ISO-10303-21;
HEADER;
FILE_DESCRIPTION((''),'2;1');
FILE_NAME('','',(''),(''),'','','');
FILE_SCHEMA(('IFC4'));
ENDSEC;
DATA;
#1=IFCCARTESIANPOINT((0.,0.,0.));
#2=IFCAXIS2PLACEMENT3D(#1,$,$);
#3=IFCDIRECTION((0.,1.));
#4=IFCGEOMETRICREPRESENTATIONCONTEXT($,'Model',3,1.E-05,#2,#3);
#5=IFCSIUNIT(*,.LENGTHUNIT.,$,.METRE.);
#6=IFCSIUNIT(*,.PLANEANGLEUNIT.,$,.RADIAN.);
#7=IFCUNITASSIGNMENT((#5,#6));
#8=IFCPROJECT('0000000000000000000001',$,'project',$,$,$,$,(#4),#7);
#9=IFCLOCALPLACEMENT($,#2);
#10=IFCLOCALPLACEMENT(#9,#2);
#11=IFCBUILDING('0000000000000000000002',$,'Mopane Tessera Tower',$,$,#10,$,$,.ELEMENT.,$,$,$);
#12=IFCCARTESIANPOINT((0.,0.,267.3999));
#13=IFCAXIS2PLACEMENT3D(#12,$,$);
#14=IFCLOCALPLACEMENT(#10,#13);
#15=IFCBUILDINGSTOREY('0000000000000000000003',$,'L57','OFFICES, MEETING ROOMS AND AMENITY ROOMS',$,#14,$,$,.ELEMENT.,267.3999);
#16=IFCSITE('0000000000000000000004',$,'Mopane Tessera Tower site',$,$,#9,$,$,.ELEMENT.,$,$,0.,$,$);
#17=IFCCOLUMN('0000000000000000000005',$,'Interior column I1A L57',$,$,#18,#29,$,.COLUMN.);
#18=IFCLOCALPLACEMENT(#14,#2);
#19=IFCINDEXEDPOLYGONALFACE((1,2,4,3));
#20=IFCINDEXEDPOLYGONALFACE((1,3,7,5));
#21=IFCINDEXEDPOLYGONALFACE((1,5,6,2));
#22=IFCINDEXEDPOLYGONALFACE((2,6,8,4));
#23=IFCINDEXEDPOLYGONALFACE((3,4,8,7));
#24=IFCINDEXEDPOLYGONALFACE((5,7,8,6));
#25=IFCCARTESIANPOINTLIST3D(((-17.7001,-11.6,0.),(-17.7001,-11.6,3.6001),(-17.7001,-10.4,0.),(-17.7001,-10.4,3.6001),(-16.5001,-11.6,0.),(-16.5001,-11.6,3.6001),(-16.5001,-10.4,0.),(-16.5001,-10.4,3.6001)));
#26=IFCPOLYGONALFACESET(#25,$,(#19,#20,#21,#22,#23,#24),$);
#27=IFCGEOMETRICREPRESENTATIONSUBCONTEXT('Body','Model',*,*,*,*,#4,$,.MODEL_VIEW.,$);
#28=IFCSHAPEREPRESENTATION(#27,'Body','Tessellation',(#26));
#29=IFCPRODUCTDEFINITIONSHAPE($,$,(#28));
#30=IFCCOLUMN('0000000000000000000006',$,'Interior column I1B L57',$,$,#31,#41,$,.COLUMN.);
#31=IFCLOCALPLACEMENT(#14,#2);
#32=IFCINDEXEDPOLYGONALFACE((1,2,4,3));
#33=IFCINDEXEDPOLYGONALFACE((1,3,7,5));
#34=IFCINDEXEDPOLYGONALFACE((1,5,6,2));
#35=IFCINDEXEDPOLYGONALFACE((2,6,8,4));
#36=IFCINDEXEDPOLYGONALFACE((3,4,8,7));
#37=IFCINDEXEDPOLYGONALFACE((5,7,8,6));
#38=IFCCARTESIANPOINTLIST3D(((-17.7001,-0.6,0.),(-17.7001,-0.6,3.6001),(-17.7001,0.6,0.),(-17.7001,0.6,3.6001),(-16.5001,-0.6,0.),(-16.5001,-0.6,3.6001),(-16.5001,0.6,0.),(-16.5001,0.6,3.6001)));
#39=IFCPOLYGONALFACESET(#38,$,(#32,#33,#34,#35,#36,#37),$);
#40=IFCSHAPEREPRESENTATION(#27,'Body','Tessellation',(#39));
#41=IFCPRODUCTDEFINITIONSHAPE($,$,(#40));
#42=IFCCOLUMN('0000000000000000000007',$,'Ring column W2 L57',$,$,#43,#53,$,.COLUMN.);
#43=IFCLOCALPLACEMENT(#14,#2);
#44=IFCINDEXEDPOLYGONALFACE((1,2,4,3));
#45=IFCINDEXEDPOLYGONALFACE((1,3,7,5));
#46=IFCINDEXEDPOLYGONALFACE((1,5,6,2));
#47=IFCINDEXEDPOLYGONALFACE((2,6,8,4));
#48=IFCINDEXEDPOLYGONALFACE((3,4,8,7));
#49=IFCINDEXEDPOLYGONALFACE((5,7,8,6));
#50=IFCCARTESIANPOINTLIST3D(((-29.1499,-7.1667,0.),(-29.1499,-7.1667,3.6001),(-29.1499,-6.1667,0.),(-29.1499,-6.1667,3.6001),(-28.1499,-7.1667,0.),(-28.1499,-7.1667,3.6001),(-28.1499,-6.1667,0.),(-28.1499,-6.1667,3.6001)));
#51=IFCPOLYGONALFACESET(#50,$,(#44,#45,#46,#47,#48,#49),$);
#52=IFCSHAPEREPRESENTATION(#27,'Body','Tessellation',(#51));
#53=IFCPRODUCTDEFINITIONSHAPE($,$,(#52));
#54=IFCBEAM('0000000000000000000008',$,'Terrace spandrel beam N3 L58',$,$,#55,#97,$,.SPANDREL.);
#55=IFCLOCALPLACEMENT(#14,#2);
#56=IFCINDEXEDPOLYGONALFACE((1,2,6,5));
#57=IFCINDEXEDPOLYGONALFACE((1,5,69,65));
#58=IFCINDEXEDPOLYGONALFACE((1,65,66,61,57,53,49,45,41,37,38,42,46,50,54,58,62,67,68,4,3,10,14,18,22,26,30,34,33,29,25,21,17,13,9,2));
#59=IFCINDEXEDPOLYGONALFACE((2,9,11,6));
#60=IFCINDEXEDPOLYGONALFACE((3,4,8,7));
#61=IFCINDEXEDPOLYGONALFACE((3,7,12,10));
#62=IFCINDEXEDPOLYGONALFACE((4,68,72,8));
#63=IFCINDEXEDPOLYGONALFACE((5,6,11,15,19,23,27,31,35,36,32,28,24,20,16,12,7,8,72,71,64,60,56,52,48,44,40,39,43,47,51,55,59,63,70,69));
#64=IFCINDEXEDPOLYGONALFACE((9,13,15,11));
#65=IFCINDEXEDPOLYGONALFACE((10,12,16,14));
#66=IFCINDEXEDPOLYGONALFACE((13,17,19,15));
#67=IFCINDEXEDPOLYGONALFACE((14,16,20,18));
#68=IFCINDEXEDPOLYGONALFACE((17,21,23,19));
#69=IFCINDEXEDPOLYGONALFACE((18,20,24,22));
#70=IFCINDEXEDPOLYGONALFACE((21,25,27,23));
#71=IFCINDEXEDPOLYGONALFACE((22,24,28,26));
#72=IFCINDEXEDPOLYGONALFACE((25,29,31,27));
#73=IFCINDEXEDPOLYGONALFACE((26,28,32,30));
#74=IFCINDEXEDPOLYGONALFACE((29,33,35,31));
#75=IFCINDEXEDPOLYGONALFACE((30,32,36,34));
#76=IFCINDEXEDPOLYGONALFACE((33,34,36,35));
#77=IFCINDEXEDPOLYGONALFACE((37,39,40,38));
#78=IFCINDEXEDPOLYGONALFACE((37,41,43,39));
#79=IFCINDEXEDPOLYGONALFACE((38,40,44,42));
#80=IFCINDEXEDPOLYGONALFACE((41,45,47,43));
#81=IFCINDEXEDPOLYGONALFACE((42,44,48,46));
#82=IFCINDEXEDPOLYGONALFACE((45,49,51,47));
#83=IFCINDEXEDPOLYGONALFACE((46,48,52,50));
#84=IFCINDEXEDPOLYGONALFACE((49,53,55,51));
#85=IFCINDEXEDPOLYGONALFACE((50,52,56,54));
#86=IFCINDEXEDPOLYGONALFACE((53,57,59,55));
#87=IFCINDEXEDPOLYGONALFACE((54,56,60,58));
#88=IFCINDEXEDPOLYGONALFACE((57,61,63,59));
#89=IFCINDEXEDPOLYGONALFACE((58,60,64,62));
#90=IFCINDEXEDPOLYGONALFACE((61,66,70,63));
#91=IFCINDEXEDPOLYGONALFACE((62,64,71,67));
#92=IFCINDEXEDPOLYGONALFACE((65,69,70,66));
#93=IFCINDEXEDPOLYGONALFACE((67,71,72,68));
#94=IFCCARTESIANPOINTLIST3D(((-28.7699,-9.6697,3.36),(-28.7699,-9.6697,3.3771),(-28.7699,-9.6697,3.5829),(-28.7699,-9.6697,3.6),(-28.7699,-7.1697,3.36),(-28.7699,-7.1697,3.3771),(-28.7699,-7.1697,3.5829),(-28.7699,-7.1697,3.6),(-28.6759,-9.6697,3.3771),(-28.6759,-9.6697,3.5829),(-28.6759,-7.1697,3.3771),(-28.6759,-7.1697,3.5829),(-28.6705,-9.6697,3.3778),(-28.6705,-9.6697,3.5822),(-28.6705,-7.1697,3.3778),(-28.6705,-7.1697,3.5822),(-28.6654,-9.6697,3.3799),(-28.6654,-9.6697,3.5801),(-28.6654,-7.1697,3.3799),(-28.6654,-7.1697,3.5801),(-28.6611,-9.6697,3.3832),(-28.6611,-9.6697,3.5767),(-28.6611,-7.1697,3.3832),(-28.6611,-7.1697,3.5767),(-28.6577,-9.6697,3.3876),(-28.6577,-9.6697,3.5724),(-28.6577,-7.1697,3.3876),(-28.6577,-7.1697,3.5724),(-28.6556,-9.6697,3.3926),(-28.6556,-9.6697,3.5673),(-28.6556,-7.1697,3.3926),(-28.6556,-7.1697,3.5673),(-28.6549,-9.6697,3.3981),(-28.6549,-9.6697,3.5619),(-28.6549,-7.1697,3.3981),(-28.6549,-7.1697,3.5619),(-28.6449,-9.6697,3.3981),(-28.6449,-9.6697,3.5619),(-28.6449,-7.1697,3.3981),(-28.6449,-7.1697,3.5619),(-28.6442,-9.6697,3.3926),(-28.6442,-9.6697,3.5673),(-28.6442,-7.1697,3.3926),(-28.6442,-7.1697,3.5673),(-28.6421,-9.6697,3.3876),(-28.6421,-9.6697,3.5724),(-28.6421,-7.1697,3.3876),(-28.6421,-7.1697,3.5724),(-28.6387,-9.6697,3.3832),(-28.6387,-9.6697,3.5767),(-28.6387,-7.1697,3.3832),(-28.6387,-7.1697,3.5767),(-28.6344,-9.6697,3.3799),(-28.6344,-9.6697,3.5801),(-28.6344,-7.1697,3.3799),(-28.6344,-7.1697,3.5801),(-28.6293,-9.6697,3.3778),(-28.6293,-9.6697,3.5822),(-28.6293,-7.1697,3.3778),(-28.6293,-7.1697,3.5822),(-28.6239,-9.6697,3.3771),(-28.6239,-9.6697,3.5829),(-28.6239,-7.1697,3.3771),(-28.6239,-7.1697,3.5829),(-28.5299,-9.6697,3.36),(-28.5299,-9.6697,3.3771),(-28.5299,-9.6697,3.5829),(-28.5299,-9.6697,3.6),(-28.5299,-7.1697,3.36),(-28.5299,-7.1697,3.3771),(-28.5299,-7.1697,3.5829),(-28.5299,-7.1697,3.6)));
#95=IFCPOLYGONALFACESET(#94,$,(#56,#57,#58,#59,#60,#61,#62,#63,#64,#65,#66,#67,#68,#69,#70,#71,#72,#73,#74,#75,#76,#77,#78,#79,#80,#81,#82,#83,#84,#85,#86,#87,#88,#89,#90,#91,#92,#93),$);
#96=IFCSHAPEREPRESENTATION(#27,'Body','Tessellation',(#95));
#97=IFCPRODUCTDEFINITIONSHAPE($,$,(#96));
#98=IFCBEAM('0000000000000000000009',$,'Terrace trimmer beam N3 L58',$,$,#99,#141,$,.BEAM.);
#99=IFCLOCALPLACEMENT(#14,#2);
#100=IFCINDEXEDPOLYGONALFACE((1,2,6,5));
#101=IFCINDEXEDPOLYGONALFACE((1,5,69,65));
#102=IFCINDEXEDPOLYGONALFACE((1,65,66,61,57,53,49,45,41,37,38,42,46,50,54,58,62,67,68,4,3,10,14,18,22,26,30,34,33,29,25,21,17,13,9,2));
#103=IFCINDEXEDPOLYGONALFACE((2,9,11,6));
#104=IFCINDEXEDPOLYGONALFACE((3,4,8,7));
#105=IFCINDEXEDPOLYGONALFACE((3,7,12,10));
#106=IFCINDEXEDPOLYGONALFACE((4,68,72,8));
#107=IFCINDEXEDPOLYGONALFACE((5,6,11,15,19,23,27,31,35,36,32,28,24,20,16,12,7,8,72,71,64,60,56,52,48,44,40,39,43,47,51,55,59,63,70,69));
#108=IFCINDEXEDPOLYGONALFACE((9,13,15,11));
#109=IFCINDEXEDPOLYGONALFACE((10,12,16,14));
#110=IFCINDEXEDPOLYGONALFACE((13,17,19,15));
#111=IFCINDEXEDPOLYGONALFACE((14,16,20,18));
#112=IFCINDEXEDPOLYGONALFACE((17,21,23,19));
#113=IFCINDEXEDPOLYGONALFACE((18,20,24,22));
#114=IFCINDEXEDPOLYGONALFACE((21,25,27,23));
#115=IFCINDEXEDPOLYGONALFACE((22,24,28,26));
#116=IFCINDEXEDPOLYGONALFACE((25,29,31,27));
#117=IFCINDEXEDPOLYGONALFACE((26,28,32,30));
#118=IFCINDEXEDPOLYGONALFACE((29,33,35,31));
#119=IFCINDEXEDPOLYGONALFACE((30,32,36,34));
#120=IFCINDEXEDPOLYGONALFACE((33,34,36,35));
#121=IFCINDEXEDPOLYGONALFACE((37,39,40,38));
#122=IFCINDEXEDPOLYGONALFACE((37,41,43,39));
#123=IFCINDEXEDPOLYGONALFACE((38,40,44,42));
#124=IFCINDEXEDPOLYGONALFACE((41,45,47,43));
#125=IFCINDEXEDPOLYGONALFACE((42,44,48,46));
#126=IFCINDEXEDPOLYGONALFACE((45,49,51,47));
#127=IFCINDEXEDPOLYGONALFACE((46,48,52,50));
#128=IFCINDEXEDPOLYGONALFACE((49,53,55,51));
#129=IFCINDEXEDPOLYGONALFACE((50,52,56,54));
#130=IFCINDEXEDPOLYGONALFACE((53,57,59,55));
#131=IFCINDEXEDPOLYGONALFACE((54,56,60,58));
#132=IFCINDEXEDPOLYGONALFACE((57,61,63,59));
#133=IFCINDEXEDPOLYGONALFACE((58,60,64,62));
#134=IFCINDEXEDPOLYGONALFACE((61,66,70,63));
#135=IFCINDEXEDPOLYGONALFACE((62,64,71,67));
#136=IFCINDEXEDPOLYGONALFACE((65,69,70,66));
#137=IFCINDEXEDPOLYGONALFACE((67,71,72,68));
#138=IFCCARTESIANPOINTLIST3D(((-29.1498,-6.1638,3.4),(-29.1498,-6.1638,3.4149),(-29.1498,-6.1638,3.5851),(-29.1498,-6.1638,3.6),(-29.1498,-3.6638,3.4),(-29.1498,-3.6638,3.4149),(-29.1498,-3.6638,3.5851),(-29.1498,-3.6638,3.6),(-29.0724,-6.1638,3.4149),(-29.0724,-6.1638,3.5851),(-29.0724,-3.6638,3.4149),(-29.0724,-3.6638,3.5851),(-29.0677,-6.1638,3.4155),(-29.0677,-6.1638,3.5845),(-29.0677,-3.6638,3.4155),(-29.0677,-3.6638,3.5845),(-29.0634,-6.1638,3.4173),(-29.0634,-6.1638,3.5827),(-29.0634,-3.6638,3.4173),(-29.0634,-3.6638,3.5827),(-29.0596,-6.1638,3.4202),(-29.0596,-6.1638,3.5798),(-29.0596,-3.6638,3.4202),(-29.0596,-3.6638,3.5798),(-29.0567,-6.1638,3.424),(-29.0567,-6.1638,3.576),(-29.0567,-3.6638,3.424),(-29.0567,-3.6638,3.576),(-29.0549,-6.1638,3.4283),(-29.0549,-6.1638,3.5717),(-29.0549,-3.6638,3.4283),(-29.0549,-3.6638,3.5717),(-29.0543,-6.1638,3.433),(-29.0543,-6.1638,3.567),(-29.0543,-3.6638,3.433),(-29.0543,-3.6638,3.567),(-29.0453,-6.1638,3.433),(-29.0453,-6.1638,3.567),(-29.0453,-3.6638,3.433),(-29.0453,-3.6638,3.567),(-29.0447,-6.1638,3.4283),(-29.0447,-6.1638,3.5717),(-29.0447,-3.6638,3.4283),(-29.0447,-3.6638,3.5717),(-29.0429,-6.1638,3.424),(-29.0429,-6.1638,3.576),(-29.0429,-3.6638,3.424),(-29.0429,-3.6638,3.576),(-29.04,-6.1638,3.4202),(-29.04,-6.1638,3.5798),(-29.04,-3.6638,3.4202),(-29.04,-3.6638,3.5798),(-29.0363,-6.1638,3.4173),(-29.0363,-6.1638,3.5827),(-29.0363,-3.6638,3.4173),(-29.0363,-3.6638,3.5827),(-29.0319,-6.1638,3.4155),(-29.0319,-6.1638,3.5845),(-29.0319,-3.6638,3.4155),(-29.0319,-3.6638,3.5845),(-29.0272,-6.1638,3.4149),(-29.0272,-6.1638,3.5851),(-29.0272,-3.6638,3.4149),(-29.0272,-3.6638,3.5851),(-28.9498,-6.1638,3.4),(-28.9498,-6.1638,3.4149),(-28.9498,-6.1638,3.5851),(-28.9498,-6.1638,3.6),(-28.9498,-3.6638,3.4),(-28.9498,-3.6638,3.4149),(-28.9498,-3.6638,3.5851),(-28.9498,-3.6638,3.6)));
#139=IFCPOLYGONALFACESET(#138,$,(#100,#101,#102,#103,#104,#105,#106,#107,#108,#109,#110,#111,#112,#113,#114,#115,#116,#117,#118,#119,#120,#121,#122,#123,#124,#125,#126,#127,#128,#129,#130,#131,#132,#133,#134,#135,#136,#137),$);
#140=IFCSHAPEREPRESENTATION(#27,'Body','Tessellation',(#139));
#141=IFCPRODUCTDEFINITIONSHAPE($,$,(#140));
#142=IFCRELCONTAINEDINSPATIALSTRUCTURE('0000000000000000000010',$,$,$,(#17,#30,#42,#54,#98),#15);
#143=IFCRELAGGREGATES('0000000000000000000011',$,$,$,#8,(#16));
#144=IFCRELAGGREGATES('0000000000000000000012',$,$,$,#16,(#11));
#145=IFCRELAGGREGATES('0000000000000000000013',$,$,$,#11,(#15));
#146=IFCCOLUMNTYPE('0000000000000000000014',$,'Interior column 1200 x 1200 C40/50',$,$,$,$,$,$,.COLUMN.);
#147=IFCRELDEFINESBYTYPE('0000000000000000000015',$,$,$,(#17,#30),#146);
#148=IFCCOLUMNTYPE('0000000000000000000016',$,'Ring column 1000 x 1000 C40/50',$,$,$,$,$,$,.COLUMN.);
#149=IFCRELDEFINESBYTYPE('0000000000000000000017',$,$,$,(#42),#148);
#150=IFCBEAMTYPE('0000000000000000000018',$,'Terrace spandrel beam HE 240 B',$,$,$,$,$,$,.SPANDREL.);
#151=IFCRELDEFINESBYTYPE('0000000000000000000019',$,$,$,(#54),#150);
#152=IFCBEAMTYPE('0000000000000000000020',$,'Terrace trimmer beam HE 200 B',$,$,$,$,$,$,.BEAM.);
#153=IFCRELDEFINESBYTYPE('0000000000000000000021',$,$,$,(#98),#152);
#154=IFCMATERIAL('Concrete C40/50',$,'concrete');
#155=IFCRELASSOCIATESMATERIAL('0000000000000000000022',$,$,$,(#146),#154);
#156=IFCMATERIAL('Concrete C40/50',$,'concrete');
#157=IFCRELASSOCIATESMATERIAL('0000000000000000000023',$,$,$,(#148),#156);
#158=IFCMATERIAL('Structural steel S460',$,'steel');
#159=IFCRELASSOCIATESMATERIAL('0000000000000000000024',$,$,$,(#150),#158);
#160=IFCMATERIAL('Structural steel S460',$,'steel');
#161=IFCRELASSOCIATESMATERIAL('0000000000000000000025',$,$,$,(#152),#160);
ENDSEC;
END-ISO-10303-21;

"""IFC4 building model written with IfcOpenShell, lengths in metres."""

from ifc_helpers import new_model, si_unit, direction, frame, origin, origin_2d, place, context, subcontext, project, spatial, rectangle, i_section, extrude, material, material_profile, profile_set, type_object, element, save


model = new_model("IFC4")

# Units and contexts
model_context = context("Model", 3, precision=1e-05, world=origin(), true_north=direction((0.0, 1.0)))
body_context = subcontext(model_context, "Body", "Model", "MODEL_VIEW")
ifc_project = project(units=[si_unit("LENGTHUNIT", "METRE"), si_unit("PLANEANGLEUNIT", "RADIAN")], contexts=[model_context])

# Site, building, storey
site_placement = place(None, origin())
site = spatial("IfcSite", under=ifc_project, at=site_placement, Name="Mopane Tessera Tower site", CompositionType="ELEMENT", RefElevation=0.0)
building_placement = place(site_placement, origin())
building = spatial("IfcBuilding", under=site, at=building_placement, Name="Mopane Tessera Tower", CompositionType="ELEMENT")
storey_placement = place(building_placement, frame((0.0, 0.0, 267.3999)))
storey = spatial("IfcBuildingStorey", under=building, at=storey_placement, Name="L57", Description="OFFICES, MEETING ROOMS AND AMENITY ROOMS", CompositionType="ELEMENT", Elevation=267.3999)

# Columns
ifc_material_1 = material(Name="Concrete C40/50", Category="concrete")
ifc_material_profile_1 = material_profile(ifc_material_1, rectangle(XDim=1.2, YDim=1.2, at=origin_2d()))
ifc_profile_set_1 = profile_set([ifc_material_profile_1], Name="Concrete C40/50")
column_type_1 = type_object("IfcColumnType", Name="Interior column 1200 x 1200 C40/50", PredefinedType="COLUMN", material=ifc_profile_set_1)
for number, where, z_axis, x_axis, name in (
    (1, (-17.1001, -11.0, 0.0), (0.0, 0.0, 1.0), (1.0, 0.0, 0.0), "Interior column I1A L57"),
    (2, (-17.1001, 0.0, 0.0), (0.0, 0.0, 1.0), (1.0, 0.0, 0.0), "Interior column I1B L57"),
):
    element("IfcColumn", number, at=place(storey_placement, frame(where, z_axis=z_axis, x_axis=x_axis)), inside=storey, type_object=column_type_1, Name=name, PredefinedType="COLUMN", context=body_context, shape_type="SweptSolid", body=[
        extrude(rectangle(XDim=1.2, YDim=1.2, at=origin_2d()), origin(), (0.0, 0.0, 1.0), 3.6001),
    ])
ifc_material_2 = material(Name="Concrete C40/50", Category="concrete")
ifc_material_profile_2 = material_profile(ifc_material_2, rectangle(XDim=1.0, YDim=1.0, at=origin_2d()))
ifc_profile_set_2 = profile_set([ifc_material_profile_2], Name="Concrete C40/50")
column_type_2 = type_object("IfcColumnType", Name="Ring column 1000 x 1000 C40/50", PredefinedType="COLUMN", material=ifc_profile_set_2)
column_placement = place(storey_placement, frame((-28.6499, -6.6667, 0.0), z_axis=(0.0, 0.0, 1.0), x_axis=(1.0, 0.0, 0.0)))
element("IfcColumn", 3, at=column_placement, inside=storey, type_object=column_type_2, Name="Ring column W2 L57", PredefinedType="COLUMN", context=body_context, shape_type="SweptSolid", body=[
    extrude(rectangle(XDim=1.0, YDim=1.0, at=origin_2d()), origin(), (0.0, 0.0, 1.0), 3.6001),
])

# Beams
ifc_material_3 = material(Name="Structural steel S460", Category="steel")
ifc_material_profile_3 = material_profile(ifc_material_3, i_section(OverallWidth=0.24, OverallDepth=0.24, WebThickness=0.01, FlangeThickness=0.0171, FilletRadius=0.021, at=origin_2d()))
ifc_profile_set_3 = profile_set([ifc_material_profile_3], Name="Structural steel S460")
beam_type_1 = type_object("IfcBeamType", Name="Terrace spandrel beam HE 240 B", PredefinedType="SPANDREL", material=ifc_profile_set_3)
beam_1_placement = place(storey_placement, frame((-28.6499, -7.1697, 3.48), z_axis=(0.0, -1.0, 0.0), x_axis=(1.0, 0.0, 0.0)))
element("IfcBeam", 4, at=beam_1_placement, inside=storey, type_object=beam_type_1, Name="Terrace spandrel beam N3 L58", PredefinedType="SPANDREL", context=body_context, shape_type="SweptSolid", body=[
    extrude(i_section(OverallWidth=0.24, OverallDepth=0.24, WebThickness=0.01, FlangeThickness=0.0171, FilletRadius=0.021, at=origin_2d()), origin(), (0.0, 0.0, 1.0), 2.5),
])
ifc_material_4 = material(Name="Structural steel S460", Category="steel")
ifc_material_profile_4 = material_profile(ifc_material_4, i_section(OverallWidth=0.2, OverallDepth=0.2, WebThickness=0.009, FlangeThickness=0.0149, FilletRadius=0.0181, at=origin_2d()))
ifc_profile_set_4 = profile_set([ifc_material_profile_4], Name="Structural steel S460")
beam_type_2 = type_object("IfcBeamType", Name="Terrace trimmer beam HE 200 B", PredefinedType="BEAM", material=ifc_profile_set_4)
beam_2_placement = place(storey_placement, frame((-29.0498, -6.1638, 3.5), z_axis=(0.0, 1.0, 0.0), x_axis=(-1.0, 0.0, 0.0)))
element("IfcBeam", 5, at=beam_2_placement, inside=storey, type_object=beam_type_2, Name="Terrace trimmer beam N3 L58", PredefinedType="BEAM", context=body_context, shape_type="SweptSolid", body=[
    extrude(i_section(OverallWidth=0.2, OverallDepth=0.2, WebThickness=0.009, FlangeThickness=0.0149, FilletRadius=0.0181, at=origin_2d()), origin(), (0.0, 0.0, 1.0), 2.5),
])

save(model, "model.ifc")
